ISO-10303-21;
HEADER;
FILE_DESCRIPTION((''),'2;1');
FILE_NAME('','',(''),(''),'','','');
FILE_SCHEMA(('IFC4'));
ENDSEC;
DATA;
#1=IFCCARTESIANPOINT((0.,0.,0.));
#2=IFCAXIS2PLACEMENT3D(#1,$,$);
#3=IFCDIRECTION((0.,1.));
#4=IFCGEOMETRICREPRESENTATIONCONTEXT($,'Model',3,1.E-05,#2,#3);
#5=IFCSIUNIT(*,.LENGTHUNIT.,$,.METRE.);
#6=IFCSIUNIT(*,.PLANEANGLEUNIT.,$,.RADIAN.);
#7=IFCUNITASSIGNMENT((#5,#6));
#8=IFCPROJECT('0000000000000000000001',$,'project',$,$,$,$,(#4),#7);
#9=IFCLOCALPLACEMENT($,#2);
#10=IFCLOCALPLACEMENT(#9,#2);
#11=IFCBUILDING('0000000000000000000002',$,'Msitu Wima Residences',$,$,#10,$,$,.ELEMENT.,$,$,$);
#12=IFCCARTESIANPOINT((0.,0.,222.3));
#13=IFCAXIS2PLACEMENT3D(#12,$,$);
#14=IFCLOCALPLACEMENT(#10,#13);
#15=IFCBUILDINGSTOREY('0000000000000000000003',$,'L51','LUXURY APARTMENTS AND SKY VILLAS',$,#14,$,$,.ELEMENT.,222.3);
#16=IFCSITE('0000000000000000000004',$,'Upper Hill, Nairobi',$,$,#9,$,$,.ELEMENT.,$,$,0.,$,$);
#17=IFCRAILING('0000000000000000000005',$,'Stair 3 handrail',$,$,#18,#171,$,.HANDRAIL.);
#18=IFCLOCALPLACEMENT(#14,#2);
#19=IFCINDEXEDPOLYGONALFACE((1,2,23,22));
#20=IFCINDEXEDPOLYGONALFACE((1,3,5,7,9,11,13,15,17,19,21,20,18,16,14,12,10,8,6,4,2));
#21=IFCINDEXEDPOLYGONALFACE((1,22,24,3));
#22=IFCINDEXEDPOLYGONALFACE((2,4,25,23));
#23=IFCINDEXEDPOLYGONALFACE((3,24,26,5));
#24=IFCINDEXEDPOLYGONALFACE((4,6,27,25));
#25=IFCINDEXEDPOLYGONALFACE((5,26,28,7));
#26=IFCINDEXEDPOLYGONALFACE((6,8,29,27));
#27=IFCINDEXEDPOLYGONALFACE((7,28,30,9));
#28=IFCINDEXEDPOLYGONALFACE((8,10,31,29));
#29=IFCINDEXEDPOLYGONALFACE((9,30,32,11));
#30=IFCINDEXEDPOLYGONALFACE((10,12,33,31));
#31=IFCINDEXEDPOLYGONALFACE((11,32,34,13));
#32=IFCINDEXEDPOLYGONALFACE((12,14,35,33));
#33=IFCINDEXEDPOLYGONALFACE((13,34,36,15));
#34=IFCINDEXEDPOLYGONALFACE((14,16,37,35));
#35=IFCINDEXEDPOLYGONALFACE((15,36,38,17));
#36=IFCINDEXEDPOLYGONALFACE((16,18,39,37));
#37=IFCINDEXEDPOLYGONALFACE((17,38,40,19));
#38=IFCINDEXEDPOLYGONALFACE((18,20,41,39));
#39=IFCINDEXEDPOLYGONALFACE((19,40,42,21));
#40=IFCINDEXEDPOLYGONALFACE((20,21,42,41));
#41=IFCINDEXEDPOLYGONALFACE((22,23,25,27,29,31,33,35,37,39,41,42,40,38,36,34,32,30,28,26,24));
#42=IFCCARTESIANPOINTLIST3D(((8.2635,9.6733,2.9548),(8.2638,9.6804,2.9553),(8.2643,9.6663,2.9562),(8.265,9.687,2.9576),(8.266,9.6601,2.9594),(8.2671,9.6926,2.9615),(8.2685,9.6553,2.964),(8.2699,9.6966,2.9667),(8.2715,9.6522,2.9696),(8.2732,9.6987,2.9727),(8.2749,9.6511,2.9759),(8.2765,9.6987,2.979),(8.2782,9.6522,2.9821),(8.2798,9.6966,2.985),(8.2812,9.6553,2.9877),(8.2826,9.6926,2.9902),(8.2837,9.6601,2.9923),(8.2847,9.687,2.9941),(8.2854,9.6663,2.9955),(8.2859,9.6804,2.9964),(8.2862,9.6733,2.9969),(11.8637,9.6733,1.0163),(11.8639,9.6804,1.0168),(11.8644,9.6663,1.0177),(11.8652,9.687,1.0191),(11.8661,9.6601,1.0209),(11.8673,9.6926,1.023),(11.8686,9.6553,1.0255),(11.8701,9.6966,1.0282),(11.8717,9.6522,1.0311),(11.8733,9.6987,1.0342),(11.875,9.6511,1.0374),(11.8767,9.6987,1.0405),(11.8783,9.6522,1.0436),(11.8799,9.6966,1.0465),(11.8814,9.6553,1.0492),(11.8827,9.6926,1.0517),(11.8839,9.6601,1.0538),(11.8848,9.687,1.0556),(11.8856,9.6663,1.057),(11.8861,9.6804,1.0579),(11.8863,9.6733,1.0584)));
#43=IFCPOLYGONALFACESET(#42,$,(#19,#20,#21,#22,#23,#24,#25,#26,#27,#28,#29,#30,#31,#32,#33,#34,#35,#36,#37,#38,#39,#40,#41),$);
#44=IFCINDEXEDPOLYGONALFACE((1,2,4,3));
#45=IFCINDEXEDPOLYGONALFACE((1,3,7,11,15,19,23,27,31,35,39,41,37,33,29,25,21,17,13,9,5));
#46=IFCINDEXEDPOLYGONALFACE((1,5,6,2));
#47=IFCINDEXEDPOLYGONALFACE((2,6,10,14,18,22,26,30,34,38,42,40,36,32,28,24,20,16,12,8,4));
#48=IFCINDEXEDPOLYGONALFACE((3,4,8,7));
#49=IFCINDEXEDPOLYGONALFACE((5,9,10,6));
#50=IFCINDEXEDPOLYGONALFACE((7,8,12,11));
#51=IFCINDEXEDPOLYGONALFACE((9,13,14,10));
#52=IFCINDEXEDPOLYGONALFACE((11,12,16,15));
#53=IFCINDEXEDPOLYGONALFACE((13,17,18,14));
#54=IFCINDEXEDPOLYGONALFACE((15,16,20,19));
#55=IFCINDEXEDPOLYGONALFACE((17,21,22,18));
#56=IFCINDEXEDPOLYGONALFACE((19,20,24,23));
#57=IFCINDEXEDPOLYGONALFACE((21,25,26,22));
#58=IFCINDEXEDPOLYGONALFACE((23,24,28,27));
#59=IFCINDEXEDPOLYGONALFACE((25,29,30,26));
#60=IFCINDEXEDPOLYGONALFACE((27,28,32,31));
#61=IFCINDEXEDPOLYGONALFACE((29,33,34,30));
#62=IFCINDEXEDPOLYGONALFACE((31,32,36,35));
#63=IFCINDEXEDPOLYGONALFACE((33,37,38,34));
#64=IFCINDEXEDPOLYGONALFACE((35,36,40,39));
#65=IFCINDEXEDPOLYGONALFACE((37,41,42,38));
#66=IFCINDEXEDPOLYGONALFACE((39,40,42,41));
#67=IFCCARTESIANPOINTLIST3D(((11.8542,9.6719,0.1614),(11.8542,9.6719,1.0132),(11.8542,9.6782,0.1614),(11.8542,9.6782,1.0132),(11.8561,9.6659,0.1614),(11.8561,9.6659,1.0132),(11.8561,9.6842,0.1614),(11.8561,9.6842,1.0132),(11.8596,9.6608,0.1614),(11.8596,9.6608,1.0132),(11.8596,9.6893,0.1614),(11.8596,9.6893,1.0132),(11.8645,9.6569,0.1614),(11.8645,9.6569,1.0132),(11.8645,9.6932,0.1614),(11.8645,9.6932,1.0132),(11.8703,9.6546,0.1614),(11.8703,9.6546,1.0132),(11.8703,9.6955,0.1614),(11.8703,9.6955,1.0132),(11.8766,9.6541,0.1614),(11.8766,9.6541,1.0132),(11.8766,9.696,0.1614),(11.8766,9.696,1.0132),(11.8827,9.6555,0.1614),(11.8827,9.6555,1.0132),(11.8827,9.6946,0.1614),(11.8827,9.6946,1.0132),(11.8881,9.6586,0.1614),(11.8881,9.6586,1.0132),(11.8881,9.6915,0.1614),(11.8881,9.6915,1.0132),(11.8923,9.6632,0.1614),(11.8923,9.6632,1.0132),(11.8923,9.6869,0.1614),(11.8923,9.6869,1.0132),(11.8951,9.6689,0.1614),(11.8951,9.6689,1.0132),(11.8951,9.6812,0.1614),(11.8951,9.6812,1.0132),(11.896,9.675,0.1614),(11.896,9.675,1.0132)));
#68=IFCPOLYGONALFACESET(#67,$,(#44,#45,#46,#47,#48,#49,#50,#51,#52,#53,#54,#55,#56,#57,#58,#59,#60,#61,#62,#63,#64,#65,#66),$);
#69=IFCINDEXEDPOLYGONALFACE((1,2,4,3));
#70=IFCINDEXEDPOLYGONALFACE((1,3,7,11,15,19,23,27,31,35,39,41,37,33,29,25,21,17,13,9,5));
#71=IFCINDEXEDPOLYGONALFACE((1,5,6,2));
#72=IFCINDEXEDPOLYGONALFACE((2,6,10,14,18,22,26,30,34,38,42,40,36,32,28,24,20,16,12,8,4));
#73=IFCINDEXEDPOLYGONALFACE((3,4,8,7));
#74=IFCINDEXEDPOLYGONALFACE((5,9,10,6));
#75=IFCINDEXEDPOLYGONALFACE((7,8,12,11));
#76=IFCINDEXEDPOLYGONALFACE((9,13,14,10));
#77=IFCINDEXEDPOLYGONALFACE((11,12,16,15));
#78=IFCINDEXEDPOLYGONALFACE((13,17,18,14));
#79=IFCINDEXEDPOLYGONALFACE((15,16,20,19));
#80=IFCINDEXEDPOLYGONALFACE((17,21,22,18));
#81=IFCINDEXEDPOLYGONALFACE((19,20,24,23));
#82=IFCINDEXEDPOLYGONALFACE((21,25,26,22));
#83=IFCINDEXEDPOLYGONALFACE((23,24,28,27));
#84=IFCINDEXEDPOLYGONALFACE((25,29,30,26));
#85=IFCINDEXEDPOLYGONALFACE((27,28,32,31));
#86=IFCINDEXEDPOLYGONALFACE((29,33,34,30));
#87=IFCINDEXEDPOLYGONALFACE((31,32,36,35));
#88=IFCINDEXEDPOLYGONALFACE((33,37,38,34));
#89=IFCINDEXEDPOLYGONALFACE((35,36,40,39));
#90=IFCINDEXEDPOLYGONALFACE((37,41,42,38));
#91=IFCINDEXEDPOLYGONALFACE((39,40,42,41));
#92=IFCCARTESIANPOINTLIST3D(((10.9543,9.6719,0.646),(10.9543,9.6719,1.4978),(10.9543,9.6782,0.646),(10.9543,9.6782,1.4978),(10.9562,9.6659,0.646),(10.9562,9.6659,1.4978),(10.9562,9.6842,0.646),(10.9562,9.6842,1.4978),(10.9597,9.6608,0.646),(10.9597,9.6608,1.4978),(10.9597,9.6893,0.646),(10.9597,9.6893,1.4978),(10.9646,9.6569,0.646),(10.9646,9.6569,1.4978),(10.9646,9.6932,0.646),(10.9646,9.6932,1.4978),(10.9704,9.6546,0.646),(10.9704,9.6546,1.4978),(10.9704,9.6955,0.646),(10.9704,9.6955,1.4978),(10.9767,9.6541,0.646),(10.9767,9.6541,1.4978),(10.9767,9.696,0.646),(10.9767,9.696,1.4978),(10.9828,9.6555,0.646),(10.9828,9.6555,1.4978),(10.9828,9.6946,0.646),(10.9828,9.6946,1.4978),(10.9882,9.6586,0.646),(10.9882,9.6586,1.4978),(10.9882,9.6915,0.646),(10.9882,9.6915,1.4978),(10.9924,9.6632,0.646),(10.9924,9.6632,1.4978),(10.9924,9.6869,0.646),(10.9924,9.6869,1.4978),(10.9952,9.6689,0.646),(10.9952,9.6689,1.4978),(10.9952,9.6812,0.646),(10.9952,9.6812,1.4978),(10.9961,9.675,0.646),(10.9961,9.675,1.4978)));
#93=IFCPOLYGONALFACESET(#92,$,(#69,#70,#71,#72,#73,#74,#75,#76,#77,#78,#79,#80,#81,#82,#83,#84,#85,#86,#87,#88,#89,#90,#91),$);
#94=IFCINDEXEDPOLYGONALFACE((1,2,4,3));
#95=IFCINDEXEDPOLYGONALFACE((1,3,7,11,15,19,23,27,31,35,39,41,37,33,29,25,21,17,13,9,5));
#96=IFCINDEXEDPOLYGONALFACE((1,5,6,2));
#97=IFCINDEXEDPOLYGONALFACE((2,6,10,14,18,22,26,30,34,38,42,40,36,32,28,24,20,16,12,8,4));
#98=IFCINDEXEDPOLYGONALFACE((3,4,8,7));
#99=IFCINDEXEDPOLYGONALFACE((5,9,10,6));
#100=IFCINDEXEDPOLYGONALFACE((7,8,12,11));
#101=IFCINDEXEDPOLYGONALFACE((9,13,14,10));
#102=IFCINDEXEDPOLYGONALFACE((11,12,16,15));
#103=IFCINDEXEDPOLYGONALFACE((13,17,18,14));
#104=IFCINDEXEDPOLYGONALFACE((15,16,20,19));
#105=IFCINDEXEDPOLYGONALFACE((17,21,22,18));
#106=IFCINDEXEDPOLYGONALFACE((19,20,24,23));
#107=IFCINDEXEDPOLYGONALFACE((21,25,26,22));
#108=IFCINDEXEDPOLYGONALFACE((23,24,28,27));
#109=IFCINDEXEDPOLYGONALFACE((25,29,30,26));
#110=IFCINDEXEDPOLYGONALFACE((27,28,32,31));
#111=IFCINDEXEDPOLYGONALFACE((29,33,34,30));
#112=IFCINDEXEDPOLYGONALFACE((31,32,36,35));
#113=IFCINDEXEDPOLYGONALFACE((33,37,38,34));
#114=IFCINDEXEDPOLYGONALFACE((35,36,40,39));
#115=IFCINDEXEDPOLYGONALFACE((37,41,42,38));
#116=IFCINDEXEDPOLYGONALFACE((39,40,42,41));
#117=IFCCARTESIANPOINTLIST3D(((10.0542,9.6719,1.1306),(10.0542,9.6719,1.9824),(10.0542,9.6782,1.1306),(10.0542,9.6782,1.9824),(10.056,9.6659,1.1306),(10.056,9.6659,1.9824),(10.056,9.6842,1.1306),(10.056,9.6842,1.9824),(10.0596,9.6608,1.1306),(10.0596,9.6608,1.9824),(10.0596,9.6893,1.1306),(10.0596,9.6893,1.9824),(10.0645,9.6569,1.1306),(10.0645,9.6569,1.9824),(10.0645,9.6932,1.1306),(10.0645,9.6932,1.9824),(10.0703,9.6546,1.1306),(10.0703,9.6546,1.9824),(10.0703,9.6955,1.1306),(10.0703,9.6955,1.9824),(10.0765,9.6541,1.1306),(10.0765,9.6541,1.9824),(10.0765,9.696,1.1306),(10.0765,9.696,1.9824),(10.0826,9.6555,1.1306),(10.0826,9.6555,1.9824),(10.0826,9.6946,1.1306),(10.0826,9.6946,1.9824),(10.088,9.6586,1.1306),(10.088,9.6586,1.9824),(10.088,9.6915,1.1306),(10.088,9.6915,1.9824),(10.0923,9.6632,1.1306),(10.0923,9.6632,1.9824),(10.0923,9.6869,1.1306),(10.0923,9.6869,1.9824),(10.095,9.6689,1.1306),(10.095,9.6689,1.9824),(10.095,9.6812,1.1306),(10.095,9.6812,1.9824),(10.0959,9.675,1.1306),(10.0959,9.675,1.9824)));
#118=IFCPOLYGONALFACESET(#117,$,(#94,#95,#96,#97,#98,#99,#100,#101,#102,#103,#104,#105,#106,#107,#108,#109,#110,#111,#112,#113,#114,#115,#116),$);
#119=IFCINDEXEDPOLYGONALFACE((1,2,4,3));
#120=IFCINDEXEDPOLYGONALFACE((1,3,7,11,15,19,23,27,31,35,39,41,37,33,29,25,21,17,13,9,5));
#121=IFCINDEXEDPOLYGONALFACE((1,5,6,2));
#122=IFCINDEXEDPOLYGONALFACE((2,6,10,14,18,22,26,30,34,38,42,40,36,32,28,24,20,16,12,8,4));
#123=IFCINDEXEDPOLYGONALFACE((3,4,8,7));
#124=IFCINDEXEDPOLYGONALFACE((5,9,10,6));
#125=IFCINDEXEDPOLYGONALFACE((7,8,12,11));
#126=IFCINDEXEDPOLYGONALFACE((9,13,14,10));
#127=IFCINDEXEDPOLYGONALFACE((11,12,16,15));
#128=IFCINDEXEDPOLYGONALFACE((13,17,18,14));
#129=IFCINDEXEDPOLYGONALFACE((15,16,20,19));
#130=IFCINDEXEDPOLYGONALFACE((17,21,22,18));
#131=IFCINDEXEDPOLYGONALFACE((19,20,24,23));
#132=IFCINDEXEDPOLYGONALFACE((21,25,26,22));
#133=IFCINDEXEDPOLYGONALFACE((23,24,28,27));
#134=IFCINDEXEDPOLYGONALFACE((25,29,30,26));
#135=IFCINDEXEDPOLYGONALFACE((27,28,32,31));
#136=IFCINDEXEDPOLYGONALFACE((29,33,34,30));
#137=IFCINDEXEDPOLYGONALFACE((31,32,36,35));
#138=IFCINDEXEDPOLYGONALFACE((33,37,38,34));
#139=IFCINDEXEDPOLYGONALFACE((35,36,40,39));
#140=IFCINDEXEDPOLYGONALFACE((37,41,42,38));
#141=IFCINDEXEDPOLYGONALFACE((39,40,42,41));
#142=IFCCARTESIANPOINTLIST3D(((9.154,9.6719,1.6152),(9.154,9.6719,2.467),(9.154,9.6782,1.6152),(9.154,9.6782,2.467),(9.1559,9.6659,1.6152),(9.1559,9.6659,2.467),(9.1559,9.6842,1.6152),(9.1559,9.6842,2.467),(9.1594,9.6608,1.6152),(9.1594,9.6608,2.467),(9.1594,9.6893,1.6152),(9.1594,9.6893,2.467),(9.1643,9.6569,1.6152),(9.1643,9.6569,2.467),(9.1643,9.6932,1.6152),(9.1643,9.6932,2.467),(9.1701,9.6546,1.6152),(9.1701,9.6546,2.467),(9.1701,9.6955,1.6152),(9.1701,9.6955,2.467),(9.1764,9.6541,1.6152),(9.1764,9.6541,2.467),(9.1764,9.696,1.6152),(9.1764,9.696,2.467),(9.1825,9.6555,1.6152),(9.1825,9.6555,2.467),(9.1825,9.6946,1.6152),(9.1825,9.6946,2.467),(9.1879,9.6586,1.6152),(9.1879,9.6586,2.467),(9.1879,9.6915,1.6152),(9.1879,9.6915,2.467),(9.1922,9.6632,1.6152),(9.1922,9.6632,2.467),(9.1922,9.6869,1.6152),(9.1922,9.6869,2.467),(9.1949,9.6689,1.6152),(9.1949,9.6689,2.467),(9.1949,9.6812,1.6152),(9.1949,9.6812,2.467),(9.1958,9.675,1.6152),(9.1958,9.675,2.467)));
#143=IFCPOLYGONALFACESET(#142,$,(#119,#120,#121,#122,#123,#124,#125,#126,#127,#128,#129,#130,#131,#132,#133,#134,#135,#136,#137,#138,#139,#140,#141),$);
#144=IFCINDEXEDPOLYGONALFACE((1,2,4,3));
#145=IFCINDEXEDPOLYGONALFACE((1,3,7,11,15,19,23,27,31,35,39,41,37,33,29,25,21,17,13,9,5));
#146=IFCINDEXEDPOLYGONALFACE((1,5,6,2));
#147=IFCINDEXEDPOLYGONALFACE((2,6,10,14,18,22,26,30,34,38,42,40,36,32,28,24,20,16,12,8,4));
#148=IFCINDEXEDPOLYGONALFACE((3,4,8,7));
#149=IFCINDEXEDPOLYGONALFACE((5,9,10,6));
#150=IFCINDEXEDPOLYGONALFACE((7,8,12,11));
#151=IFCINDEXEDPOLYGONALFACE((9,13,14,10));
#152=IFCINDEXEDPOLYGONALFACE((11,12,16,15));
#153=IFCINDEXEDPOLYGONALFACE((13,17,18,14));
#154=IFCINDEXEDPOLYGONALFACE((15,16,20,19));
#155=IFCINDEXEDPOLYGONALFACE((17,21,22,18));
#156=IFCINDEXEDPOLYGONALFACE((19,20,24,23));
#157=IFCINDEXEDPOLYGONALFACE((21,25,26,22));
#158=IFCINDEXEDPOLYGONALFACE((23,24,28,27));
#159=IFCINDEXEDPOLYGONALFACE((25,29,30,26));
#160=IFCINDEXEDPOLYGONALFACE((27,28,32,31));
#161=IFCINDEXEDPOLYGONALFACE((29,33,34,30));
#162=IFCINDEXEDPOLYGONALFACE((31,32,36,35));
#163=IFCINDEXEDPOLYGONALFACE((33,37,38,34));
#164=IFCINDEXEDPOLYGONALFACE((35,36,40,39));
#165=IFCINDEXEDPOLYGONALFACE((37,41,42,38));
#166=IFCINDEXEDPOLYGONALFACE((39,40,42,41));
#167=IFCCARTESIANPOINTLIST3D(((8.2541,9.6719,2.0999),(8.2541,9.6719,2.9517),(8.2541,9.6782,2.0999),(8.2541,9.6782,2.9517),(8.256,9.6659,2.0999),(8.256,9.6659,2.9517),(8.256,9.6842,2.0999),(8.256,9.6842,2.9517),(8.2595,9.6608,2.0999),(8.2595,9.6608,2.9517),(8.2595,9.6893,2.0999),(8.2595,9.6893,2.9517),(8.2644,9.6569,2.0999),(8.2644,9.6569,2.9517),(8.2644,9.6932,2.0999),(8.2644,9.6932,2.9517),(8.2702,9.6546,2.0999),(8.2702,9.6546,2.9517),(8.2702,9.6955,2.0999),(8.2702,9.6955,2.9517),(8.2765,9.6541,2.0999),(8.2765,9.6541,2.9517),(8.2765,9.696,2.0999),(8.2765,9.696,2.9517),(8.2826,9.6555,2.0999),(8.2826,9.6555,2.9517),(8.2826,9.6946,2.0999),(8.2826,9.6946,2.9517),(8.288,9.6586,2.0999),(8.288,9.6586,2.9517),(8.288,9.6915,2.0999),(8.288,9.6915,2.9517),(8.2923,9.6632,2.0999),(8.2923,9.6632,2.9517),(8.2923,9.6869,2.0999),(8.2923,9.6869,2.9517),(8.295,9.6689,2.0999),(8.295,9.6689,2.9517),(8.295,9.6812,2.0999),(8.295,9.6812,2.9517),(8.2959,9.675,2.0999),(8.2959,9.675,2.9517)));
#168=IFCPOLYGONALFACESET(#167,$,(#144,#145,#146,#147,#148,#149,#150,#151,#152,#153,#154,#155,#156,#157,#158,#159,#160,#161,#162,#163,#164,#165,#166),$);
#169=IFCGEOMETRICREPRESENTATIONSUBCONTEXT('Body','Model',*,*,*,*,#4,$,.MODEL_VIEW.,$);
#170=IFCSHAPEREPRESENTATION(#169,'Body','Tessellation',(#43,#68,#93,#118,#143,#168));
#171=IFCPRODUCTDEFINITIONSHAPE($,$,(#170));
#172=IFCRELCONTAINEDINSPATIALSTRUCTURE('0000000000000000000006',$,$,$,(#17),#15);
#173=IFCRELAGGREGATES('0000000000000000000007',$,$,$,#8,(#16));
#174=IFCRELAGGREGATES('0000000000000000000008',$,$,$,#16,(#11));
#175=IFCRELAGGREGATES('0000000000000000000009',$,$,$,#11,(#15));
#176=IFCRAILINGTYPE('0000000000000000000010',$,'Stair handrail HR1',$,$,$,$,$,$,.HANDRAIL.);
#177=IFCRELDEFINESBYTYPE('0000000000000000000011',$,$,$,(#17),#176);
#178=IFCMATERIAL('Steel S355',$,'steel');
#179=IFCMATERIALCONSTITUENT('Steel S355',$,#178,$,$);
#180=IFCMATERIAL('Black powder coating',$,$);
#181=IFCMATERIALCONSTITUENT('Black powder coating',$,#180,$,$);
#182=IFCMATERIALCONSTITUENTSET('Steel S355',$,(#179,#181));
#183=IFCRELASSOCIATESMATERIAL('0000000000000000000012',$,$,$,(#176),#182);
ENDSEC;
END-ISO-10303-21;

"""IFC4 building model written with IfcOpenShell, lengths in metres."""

from ifc_helpers import new_model, si_unit, direction, frame, origin, origin_2d, place, context, subcontext, project, spatial, circle, extrude, material, constituent, constituent_set, type_object, element, save


model = new_model("IFC4")

# Units and contexts
model_context = context("Model", 3, precision=1e-05, world=origin(), true_north=direction((0.0, 1.0)))
body_context = subcontext(model_context, "Body", "Model", "MODEL_VIEW")
ifc_project = project(units=[si_unit("LENGTHUNIT", "METRE"), si_unit("PLANEANGLEUNIT", "RADIAN")], contexts=[model_context])

# Site, building, storey
site_placement = place(None, origin())
site = spatial("IfcSite", under=ifc_project, at=site_placement, Name="Upper Hill, Nairobi", CompositionType="ELEMENT", RefElevation=0.0)
building_placement = place(site_placement, origin())
building = spatial("IfcBuilding", under=site, at=building_placement, Name="Msitu Wima Residences", CompositionType="ELEMENT")
storey_placement = place(building_placement, frame((0.0, 0.0, 222.3)))
storey = spatial("IfcBuildingStorey", under=building, at=storey_placement, Name="L51", Description="LUXURY APARTMENTS AND SKY VILLAS", CompositionType="ELEMENT", Elevation=222.3)

# Railing
ifc_material_1 = material(Name="Steel S355", Category="steel")
ifc_constituent_1 = constituent(ifc_material_1, Name="Steel S355")
ifc_material_2 = material(Name="Black powder coating")
ifc_constituent_2 = constituent(ifc_material_2, Name="Black powder coating")
ifc_constituent_set_1 = constituent_set(constituents=[ifc_constituent_1, ifc_constituent_2], Name="Steel S355")
railing_type_1 = type_object("IfcRailingType", Name="Stair handrail HR1", PredefinedType="HANDRAIL", material=ifc_constituent_set_1)
for number, where, name in (
    (1, (11.875, 9.675, 0.1614), "Stair 3 handrail"),
):
    element("IfcRailing", number, at=place(storey_placement, frame(where)), inside=storey, type_object=railing_type_1, Name=name, PredefinedType="HANDRAIL", context=body_context, shape_type="SweptSolid", body=[
        extrude(circle(Radius=0.0239, at=origin_2d()), frame((0.0, 0.0, 0.876), z_axis=(-0.880475, 0.0, 0.474093), x_axis=(0.0, -1.0, 0.0)), (0.0, 0.0, 1.0), 4.0889),
        extrude(circle(Radius=0.021, at=origin_2d()), origin(), (0.0, 0.0, 1.0), 0.8518),
        extrude(circle(Radius=0.021, at=origin_2d()), frame((-0.8999, 0.0, 0.4846)), (0.0, 0.0, 1.0), 0.8518),
        extrude(circle(Radius=0.021, at=origin_2d()), frame((-1.8, 0.0, 0.9692)), (0.0, 0.0, 1.0), 0.8518),
        extrude(circle(Radius=0.021, at=origin_2d()), frame((-2.7002, 0.0, 1.4539)), (0.0, 0.0, 1.0), 0.8518),
        extrude(circle(Radius=0.021, at=origin_2d()), frame((-3.6001, 0.0, 1.9385)), (0.0, 0.0, 1.0), 0.8518),
    ])

save(model, "model.ifc")
